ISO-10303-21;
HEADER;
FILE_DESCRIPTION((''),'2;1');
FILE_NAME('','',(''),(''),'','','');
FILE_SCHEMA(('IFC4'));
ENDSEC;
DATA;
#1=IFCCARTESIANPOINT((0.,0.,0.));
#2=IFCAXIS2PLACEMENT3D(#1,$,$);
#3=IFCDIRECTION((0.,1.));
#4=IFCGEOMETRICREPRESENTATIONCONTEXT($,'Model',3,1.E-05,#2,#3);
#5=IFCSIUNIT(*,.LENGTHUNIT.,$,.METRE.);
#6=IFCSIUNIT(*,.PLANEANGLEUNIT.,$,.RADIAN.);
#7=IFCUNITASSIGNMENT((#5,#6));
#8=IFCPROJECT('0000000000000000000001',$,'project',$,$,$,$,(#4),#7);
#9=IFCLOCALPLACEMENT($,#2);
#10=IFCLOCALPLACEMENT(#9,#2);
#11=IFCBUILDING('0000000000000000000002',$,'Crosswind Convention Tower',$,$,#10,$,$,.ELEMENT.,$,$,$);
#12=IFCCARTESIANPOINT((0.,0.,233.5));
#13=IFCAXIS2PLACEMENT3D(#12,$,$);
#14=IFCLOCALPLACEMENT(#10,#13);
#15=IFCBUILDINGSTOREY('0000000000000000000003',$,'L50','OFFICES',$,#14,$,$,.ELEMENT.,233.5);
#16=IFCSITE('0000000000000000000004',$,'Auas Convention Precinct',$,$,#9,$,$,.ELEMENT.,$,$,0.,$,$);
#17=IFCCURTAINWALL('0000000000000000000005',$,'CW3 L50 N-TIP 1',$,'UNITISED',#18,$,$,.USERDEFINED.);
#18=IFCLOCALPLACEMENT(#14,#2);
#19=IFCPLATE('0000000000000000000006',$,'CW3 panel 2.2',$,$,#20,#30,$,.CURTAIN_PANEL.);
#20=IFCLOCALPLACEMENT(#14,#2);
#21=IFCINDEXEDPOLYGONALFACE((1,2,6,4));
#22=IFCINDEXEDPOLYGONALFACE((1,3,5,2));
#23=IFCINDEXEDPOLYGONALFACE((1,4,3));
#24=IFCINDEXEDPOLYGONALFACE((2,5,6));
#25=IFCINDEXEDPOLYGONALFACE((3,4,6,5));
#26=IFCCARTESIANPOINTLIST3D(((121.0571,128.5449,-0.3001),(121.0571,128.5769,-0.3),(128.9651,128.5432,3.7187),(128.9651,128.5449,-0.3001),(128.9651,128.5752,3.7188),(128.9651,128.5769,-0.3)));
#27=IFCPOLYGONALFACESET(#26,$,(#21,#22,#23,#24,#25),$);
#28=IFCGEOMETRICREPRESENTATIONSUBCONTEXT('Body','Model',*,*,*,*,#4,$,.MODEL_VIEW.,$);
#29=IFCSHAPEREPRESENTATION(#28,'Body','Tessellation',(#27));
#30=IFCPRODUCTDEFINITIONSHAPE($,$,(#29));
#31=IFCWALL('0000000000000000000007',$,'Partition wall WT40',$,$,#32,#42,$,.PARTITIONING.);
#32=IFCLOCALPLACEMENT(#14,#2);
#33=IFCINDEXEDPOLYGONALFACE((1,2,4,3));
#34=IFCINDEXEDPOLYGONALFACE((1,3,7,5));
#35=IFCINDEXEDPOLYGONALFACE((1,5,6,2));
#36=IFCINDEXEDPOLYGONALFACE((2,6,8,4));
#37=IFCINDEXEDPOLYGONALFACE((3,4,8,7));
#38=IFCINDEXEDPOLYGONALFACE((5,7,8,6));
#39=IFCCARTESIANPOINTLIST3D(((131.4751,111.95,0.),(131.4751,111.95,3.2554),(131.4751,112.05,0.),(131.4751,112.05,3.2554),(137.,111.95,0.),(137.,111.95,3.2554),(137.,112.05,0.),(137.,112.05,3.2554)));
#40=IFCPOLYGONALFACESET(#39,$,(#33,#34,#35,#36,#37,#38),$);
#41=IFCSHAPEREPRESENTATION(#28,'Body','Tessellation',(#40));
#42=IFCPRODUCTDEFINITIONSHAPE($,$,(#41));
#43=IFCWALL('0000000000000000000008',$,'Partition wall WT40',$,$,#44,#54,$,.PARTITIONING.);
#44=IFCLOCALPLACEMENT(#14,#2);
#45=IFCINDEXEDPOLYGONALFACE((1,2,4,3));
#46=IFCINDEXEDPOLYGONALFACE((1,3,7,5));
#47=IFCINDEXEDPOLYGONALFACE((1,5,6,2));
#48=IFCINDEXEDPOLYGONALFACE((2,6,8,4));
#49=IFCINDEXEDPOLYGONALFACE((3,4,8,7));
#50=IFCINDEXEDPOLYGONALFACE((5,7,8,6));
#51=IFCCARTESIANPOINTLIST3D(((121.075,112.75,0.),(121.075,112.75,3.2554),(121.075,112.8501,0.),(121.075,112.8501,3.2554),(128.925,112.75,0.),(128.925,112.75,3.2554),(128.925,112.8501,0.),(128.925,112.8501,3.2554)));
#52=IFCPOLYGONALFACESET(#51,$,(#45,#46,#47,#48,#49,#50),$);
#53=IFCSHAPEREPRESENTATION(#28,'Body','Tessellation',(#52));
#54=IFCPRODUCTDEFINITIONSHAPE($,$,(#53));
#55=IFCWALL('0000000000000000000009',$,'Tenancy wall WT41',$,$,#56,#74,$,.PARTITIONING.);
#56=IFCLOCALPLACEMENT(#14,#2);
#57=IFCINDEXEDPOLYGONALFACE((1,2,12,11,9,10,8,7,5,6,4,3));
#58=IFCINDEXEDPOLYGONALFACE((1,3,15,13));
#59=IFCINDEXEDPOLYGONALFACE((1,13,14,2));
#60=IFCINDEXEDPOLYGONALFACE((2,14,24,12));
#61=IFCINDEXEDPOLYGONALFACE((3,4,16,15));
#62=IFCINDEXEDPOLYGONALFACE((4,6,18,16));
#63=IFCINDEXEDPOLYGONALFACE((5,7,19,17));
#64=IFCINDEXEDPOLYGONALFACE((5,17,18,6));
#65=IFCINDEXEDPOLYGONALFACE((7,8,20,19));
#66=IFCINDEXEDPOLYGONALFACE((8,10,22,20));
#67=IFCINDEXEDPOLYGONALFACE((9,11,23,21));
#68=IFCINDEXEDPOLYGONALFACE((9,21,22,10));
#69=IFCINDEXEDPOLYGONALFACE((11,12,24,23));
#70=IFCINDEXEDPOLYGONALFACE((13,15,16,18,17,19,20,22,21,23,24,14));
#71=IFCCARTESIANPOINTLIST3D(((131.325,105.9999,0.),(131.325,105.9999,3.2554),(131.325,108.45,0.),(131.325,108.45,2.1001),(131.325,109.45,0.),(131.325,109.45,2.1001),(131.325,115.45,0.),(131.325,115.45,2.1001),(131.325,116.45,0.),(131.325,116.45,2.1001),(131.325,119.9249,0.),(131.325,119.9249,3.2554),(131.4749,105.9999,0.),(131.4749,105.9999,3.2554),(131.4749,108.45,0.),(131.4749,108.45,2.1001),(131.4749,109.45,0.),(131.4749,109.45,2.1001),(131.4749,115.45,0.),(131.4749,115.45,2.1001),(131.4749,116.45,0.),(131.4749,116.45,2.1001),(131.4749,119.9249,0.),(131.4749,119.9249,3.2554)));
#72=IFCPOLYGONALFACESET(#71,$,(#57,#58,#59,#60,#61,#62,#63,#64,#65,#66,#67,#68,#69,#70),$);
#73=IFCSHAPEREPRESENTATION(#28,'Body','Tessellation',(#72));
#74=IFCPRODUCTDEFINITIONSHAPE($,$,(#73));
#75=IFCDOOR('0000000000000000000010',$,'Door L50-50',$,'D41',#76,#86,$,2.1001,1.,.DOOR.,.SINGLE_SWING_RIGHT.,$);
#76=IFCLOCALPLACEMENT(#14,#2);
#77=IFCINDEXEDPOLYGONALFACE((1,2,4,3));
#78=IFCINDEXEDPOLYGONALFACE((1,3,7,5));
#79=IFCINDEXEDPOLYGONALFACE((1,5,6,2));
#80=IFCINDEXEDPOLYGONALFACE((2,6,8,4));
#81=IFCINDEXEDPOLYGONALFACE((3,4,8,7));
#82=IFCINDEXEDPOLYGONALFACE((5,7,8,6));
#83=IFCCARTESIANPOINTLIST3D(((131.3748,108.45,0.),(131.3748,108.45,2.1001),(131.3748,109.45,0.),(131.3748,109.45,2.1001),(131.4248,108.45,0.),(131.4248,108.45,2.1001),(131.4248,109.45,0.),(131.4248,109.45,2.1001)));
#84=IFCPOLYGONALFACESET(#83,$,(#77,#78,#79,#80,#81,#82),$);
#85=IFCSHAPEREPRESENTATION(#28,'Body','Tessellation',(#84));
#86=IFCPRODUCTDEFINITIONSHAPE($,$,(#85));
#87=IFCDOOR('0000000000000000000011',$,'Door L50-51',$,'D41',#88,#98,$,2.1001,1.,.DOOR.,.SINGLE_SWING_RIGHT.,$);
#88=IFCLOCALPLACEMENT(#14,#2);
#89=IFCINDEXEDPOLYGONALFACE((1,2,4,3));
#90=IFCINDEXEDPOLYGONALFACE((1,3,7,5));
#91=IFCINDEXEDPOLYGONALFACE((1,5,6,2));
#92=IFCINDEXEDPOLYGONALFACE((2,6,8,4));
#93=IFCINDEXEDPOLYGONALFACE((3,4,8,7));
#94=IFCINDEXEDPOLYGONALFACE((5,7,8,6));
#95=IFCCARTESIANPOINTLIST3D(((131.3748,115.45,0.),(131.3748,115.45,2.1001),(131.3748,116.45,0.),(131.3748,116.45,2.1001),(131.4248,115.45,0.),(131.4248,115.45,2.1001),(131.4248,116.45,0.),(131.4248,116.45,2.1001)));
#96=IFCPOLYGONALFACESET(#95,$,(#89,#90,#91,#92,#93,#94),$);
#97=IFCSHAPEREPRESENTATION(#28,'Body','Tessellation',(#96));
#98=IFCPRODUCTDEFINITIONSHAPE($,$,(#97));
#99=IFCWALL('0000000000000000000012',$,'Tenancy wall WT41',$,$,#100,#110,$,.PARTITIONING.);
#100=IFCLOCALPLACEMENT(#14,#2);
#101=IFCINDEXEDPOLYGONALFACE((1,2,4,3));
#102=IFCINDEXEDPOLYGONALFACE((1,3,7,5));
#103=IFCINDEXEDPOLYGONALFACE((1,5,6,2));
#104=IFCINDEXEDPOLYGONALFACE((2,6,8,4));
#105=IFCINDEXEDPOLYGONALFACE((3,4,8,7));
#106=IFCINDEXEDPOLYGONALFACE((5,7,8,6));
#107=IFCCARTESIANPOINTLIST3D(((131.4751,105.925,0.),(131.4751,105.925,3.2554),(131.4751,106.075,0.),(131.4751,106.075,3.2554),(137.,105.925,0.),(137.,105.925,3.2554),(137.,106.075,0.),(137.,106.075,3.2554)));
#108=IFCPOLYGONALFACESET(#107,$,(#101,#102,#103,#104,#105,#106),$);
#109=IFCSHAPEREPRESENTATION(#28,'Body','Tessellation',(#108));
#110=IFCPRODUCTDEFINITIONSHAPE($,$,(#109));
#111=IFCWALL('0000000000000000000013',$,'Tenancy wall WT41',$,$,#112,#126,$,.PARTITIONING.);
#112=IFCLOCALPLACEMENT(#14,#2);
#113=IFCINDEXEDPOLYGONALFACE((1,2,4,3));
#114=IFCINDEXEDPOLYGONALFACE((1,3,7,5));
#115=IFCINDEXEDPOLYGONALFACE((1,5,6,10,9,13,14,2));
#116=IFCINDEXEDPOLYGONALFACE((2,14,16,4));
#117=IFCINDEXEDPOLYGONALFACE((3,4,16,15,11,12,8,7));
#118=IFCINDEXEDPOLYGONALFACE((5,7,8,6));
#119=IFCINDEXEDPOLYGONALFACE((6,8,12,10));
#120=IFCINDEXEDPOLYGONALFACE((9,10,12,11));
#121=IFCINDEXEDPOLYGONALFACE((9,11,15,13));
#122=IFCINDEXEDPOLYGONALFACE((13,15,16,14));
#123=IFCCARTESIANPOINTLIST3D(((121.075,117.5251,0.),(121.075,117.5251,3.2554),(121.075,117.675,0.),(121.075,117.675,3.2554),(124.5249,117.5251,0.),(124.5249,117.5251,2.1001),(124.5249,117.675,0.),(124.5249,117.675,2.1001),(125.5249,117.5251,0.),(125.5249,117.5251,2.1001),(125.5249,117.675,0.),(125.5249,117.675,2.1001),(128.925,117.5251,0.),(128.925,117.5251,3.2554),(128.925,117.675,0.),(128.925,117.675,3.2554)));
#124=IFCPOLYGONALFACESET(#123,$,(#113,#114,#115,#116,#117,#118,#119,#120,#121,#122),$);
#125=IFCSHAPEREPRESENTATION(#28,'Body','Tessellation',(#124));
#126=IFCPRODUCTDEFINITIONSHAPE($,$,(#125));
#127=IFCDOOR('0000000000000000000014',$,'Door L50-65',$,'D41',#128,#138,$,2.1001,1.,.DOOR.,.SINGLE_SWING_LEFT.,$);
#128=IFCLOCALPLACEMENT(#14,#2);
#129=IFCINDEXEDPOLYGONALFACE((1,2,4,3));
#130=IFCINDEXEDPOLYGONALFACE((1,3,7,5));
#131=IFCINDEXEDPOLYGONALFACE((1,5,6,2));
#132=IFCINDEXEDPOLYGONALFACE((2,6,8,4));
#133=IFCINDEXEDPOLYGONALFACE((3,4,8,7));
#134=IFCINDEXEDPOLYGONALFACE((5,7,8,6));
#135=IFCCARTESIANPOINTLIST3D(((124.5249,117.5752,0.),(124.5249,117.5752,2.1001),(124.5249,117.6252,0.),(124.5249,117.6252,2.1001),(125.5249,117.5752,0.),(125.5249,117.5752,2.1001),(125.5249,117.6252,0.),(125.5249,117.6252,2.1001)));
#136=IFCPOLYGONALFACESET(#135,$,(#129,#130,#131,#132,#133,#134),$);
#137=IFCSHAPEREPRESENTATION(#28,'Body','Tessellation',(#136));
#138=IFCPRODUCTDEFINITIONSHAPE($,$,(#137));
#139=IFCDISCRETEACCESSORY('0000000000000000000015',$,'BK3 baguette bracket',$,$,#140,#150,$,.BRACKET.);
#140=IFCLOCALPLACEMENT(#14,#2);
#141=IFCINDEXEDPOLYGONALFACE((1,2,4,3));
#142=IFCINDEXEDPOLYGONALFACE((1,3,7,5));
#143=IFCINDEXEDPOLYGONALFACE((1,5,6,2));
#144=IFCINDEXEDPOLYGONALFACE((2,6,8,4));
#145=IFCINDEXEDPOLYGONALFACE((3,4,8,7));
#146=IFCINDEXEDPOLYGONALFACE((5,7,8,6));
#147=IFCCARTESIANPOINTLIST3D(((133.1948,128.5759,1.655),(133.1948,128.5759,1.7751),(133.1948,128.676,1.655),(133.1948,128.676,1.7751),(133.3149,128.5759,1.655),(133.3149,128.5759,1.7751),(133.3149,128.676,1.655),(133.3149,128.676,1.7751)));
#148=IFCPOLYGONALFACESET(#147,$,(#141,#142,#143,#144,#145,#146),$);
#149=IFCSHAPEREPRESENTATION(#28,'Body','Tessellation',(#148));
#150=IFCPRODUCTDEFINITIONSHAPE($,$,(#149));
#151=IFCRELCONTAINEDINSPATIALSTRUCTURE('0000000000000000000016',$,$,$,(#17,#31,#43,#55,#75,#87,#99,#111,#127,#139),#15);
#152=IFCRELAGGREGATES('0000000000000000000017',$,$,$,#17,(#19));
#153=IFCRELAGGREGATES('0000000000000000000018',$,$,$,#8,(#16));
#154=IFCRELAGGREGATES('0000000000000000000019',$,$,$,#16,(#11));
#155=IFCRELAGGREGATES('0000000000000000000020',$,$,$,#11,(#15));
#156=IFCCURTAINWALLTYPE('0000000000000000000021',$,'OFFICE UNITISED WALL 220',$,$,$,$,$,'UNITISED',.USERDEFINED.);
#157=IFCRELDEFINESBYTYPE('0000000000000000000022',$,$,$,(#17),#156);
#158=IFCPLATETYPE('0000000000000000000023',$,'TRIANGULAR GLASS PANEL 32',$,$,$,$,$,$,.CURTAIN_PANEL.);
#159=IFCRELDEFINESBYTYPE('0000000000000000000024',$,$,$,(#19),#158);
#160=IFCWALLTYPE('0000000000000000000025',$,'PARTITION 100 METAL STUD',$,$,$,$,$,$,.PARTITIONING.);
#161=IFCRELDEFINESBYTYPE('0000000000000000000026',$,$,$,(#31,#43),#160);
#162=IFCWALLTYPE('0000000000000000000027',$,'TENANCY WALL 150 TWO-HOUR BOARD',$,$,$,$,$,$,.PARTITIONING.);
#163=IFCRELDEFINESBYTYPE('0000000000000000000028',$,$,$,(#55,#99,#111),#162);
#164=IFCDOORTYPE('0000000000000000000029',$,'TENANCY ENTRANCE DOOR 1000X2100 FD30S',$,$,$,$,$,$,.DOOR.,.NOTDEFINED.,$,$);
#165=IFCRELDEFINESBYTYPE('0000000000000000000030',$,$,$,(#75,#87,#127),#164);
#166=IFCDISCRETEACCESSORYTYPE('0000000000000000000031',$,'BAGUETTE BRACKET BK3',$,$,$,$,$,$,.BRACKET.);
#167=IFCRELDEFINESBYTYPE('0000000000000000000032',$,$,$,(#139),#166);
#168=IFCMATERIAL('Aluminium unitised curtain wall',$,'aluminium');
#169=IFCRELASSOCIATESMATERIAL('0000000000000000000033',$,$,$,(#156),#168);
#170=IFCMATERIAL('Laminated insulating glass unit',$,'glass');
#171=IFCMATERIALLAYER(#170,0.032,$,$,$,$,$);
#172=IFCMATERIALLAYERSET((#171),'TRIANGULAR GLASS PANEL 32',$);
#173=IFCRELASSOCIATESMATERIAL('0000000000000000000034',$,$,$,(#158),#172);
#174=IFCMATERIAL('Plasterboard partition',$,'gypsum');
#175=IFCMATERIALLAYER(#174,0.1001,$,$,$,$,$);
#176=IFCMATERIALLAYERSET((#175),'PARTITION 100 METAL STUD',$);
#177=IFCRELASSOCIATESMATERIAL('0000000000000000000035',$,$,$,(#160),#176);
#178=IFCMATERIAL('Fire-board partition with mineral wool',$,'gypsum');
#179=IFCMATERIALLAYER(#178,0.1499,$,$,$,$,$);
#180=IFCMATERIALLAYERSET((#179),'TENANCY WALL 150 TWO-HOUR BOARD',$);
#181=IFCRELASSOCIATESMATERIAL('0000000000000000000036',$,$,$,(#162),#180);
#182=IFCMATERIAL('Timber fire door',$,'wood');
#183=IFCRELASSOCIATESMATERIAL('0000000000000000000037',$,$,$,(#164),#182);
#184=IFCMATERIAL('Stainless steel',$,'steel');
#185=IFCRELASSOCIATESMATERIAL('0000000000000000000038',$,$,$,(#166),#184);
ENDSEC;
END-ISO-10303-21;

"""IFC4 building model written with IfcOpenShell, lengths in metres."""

from ifc_helpers import new_model, si_unit, direction, frame, frame_2d, origin, origin_2d, place, context, subcontext, project, spatial, polyline, rectangle, outline, extrude, material, layer, layer_set, type_object, element, fill, aggregate, save


model = new_model("IFC4")

# Units and contexts
model_context = context("Model", 3, precision=1e-05, world=origin(), true_north=direction((0.0, 1.0)))
body_context = subcontext(model_context, "Body", "Model", "MODEL_VIEW")
ifc_project = project(units=[si_unit("LENGTHUNIT", "METRE"), si_unit("PLANEANGLEUNIT", "RADIAN")], contexts=[model_context])

# Site, building, storey
site_placement = place(None, origin())
site = spatial("IfcSite", under=ifc_project, at=site_placement, Name="Auas Convention Precinct", CompositionType="ELEMENT", RefElevation=0.0)
building_placement = place(site_placement, origin())
building = spatial("IfcBuilding", under=site, at=building_placement, Name="Crosswind Convention Tower", CompositionType="ELEMENT")
storey_placement = place(building_placement, frame((0.0, 0.0, 233.5)))
storey = spatial("IfcBuildingStorey", under=building, at=storey_placement, Name="L50", Description="OFFICES", CompositionType="ELEMENT", Elevation=233.5)

# Curtain wall
ifc_material_1 = material(Name="Aluminium unitised curtain wall", Category="aluminium")
curtain_wall_type = type_object("IfcCurtainWallType", Name="OFFICE UNITISED WALL 220", ElementType="UNITISED", PredefinedType="USERDEFINED", material=ifc_material_1)
curtain_wall_placement = place(storey_placement, origin())
curtain_wall = element("IfcCurtainWall", 1, at=curtain_wall_placement, inside=storey, type_object=curtain_wall_type, Name="CW3 L50 N-TIP 1", ObjectType="UNITISED", PredefinedType="USERDEFINED")

# Plate
ifc_material_2 = material(Name="Laminated insulating glass unit", Category="glass")
ifc_layer_1 = layer(ifc_material_2, 0.032)
ifc_layer_set_1 = layer_set([ifc_layer_1], Name="TRIANGULAR GLASS PANEL 32")
plate_type = type_object("IfcPlateType", Name="TRIANGULAR GLASS PANEL 32", PredefinedType="CURTAIN_PANEL", material=ifc_layer_set_1)
plate_1_placement = place(storey_placement, frame((128.9651, 128.5769, -0.3), z_axis=(0.0, 1.0, 0.000425), x_axis=(-1.0, 0.0, 0.0)))
plate_1 = element("IfcPlate", 2, at=plate_1_placement, type_object=plate_type, Name="CW3 panel 2.2", PredefinedType="CURTAIN_PANEL", context=body_context, shape_type="SweptSolid", body=[
    extrude(outline(polyline([(0.0, 0.0), (7.908, 0.0), (0.0, 4.0188), (0.0, 0.0)])), origin(), (0.0, 0.0, -1.0), 0.032),
])
aggregate(curtain_wall, [plate_1])

# Walls
ifc_material_3 = material(Name="Plasterboard partition", Category="gypsum")
ifc_layer_2 = layer(ifc_material_3, 0.1001)
ifc_layer_set_2 = layer_set([ifc_layer_2], Name="PARTITION 100 METAL STUD")
wall_type_1 = type_object("IfcWallType", Name="PARTITION 100 METAL STUD", PredefinedType="PARTITIONING", material=ifc_layer_set_2)
wall_1_placement = place(storey_placement, frame((131.4751, 112.0, 0.0), z_axis=(0.0, 0.0, 1.0), x_axis=(1.0, 0.0, 0.0)))
element("IfcWall", 3, at=wall_1_placement, inside=storey, type_object=wall_type_1, Name="Partition wall WT40", PredefinedType="PARTITIONING", context=body_context, shape_type="SweptSolid", body=[
    extrude(rectangle(XDim=5.5249, YDim=0.1001, at=frame_2d((2.7625, 0.0))), origin(), (0.0, 0.0, 1.0), 3.2554),
])
wall_2_placement = place(storey_placement, frame((121.075, 112.8, 0.0), z_axis=(0.0, 0.0, 1.0), x_axis=(1.0, 0.0, 0.0)))
element("IfcWall", 4, at=wall_2_placement, inside=storey, type_object=wall_type_1, Name="Partition wall WT40", PredefinedType="PARTITIONING", context=body_context, shape_type="SweptSolid", body=[
    extrude(rectangle(XDim=7.8501, YDim=0.1001, at=frame_2d((3.925, 0.0))), origin(), (0.0, 0.0, 1.0), 3.2554),
])

# Wall, openings, doors
ifc_material_4 = material(Name="Fire-board partition with mineral wool", Category="gypsum")
ifc_layer_3 = layer(ifc_material_4, 0.1499)
ifc_layer_set_3 = layer_set([ifc_layer_3], Name="TENANCY WALL 150 TWO-HOUR BOARD")
wall_type_2 = type_object("IfcWallType", Name="TENANCY WALL 150 TWO-HOUR BOARD", PredefinedType="PARTITIONING", material=ifc_layer_set_3)
wall_3_placement = place(storey_placement, frame((131.3999, 106.0, 0.0), z_axis=(0.0, 0.0, 1.0), x_axis=(0.0, 1.0, 0.0)))
wall_3 = element("IfcWall", 5, at=wall_3_placement, inside=storey, type_object=wall_type_2, Name="Tenancy wall WT41", PredefinedType="PARTITIONING", context=body_context, shape_type="SweptSolid", body=[
    extrude(rectangle(XDim=13.925, YDim=0.1499, at=frame_2d((6.9624, 0.0))), origin(), (0.0, 0.0, 1.0), 3.2554),
])
opening_1_placement = place(wall_3_placement, frame((2.45, 0.0, 0.0)))
opening_1 = element("IfcOpeningElement", 6, at=opening_1_placement, cuts=wall_3, PredefinedType="OPENING", context=body_context, shape_type="SweptSolid", body=[
    extrude(rectangle(XDim=1.0, YDim=2.1001, at=frame_2d((0.5, 1.05))), frame((0.0, 0.085, 0.0), z_axis=(0.0, -1.0, 0.0), x_axis=(1.0, 0.0, 0.0)), (0.0, 0.0, 1.0), 0.1699),
])
opening_2_placement = place(wall_3_placement, frame((9.45, 0.0, 0.0)))
opening_2 = element("IfcOpeningElement", 7, at=opening_2_placement, cuts=wall_3, PredefinedType="OPENING", context=body_context, shape_type="SweptSolid", body=[
    extrude(rectangle(XDim=1.0, YDim=2.1001, at=frame_2d((0.5, 1.05))), frame((0.0, 0.085, 0.0), z_axis=(0.0, -1.0, 0.0), x_axis=(1.0, 0.0, 0.0)), (0.0, 0.0, 1.0), 0.1699),
])
ifc_material_5 = material(Name="Timber fire door", Category="wood")
door_type = type_object("IfcDoorType", Name="TENANCY ENTRANCE DOOR 1000X2100 FD30S", OperationType="NOTDEFINED", PredefinedType="DOOR", material=ifc_material_5)
door_1_placement = place(opening_1_placement, frame((1.0, 0.0, 0.0), z_axis=(0.0, 0.0, 1.0), x_axis=(-1.0, 0.0, 0.0)))
door_1 = element("IfcDoor", 8, at=door_1_placement, inside=storey, type_object=door_type, Name="Door L50-50", ObjectType="D41", OperationType="SINGLE_SWING_RIGHT", OverallHeight=2.1001, OverallWidth=1.0, PredefinedType="DOOR", context=body_context, shape_type="SweptSolid", body=[
    extrude(rectangle(XDim=1.0, YDim=2.1001, at=frame_2d((0.5, 1.05))), frame((0.0, 0.0249, 0.0), z_axis=(0.0, -1.0, 0.0), x_axis=(1.0, 0.0, 0.0)), (0.0, 0.0, 1.0), 0.05),
])
fill(opening_1, door_1)
door_2_placement = place(opening_2_placement, frame((1.0, 0.0, 0.0), z_axis=(0.0, 0.0, 1.0), x_axis=(-1.0, 0.0, 0.0)))
door_2 = element("IfcDoor", 9, at=door_2_placement, inside=storey, type_object=door_type, Name="Door L50-51", ObjectType="D41", OperationType="SINGLE_SWING_RIGHT", OverallHeight=2.1001, OverallWidth=1.0, PredefinedType="DOOR", context=body_context, shape_type="SweptSolid", body=[
    extrude(rectangle(XDim=1.0, YDim=2.1001, at=frame_2d((0.5, 1.05))), frame((0.0, 0.0249, 0.0), z_axis=(0.0, -1.0, 0.0), x_axis=(1.0, 0.0, 0.0)), (0.0, 0.0, 1.0), 0.05),
])
fill(opening_2, door_2)

# Wall
wall_4_placement = place(storey_placement, frame((131.4751, 106.0, 0.0), z_axis=(0.0, 0.0, 1.0), x_axis=(1.0, 0.0, 0.0)))
element("IfcWall", 10, at=wall_4_placement, inside=storey, type_object=wall_type_2, Name="Tenancy wall WT41", PredefinedType="PARTITIONING", context=body_context, shape_type="SweptSolid", body=[
    extrude(rectangle(XDim=5.5249, YDim=0.1499, at=frame_2d((2.7625, 0.0))), origin(), (0.0, 0.0, 1.0), 3.2554),
])

# Wall, opening, door
wall_5_placement = place(storey_placement, frame((121.075, 117.6001, 0.0), z_axis=(0.0, 0.0, 1.0), x_axis=(1.0, 0.0, 0.0)))
wall_5 = element("IfcWall", 11, at=wall_5_placement, inside=storey, type_object=wall_type_2, Name="Tenancy wall WT41", PredefinedType="PARTITIONING", context=body_context, shape_type="SweptSolid", body=[
    extrude(rectangle(XDim=7.8501, YDim=0.1499, at=frame_2d((3.925, 0.0))), origin(), (0.0, 0.0, 1.0), 3.2554),
])
opening_3_placement = place(wall_5_placement, frame((3.45, 0.0, 0.0)))
opening_3 = element("IfcOpeningElement", 12, at=opening_3_placement, cuts=wall_5, PredefinedType="OPENING", context=body_context, shape_type="SweptSolid", body=[
    extrude(rectangle(XDim=1.0, YDim=2.1001, at=frame_2d((0.5, 1.05))), frame((0.0, 0.085, 0.0), z_axis=(0.0, -1.0, 0.0), x_axis=(1.0, 0.0, 0.0)), (0.0, 0.0, 1.0), 0.1699),
])
door_3_placement = place(opening_3_placement, frame((1.0, 0.0, 0.0), z_axis=(0.0, 0.0, 1.0), x_axis=(-1.0, 0.0, 0.0)))
door_3 = element("IfcDoor", 13, at=door_3_placement, inside=storey, type_object=door_type, Name="Door L50-65", ObjectType="D41", OperationType="SINGLE_SWING_LEFT", OverallHeight=2.1001, OverallWidth=1.0, PredefinedType="DOOR", context=body_context, shape_type="SweptSolid", body=[
    extrude(rectangle(XDim=1.0, YDim=2.1001, at=frame_2d((0.5, 1.05))), frame((0.0, 0.0249, 0.0), z_axis=(0.0, -1.0, 0.0), x_axis=(1.0, 0.0, 0.0)), (0.0, 0.0, 1.0), 0.05),
])
fill(opening_3, door_3)

# Discrete accessory
ifc_material_6 = material(Name="Stainless steel", Category="steel")
discrete_accessory_type = type_object("IfcDiscreteAccessoryType", Name="BAGUETTE BRACKET BK3", PredefinedType="BRACKET", material=ifc_material_6)
discrete_accessory_placement = place(storey_placement, frame((133.2549, 128.626, 1.655), z_axis=(0.0, 0.0, 1.0), x_axis=(-1.0, 0.0, 0.0)))
element("IfcDiscreteAccessory", 14, at=discrete_accessory_placement, inside=storey, type_object=discrete_accessory_type, Name="BK3 baguette bracket", PredefinedType="BRACKET", context=body_context, shape_type="SweptSolid", body=[
    extrude(rectangle(XDim=0.1201, YDim=0.1001, at=origin_2d()), origin(), (0.0, 0.0, 1.0), 0.1201),
])

save(model, "model.ifc")
